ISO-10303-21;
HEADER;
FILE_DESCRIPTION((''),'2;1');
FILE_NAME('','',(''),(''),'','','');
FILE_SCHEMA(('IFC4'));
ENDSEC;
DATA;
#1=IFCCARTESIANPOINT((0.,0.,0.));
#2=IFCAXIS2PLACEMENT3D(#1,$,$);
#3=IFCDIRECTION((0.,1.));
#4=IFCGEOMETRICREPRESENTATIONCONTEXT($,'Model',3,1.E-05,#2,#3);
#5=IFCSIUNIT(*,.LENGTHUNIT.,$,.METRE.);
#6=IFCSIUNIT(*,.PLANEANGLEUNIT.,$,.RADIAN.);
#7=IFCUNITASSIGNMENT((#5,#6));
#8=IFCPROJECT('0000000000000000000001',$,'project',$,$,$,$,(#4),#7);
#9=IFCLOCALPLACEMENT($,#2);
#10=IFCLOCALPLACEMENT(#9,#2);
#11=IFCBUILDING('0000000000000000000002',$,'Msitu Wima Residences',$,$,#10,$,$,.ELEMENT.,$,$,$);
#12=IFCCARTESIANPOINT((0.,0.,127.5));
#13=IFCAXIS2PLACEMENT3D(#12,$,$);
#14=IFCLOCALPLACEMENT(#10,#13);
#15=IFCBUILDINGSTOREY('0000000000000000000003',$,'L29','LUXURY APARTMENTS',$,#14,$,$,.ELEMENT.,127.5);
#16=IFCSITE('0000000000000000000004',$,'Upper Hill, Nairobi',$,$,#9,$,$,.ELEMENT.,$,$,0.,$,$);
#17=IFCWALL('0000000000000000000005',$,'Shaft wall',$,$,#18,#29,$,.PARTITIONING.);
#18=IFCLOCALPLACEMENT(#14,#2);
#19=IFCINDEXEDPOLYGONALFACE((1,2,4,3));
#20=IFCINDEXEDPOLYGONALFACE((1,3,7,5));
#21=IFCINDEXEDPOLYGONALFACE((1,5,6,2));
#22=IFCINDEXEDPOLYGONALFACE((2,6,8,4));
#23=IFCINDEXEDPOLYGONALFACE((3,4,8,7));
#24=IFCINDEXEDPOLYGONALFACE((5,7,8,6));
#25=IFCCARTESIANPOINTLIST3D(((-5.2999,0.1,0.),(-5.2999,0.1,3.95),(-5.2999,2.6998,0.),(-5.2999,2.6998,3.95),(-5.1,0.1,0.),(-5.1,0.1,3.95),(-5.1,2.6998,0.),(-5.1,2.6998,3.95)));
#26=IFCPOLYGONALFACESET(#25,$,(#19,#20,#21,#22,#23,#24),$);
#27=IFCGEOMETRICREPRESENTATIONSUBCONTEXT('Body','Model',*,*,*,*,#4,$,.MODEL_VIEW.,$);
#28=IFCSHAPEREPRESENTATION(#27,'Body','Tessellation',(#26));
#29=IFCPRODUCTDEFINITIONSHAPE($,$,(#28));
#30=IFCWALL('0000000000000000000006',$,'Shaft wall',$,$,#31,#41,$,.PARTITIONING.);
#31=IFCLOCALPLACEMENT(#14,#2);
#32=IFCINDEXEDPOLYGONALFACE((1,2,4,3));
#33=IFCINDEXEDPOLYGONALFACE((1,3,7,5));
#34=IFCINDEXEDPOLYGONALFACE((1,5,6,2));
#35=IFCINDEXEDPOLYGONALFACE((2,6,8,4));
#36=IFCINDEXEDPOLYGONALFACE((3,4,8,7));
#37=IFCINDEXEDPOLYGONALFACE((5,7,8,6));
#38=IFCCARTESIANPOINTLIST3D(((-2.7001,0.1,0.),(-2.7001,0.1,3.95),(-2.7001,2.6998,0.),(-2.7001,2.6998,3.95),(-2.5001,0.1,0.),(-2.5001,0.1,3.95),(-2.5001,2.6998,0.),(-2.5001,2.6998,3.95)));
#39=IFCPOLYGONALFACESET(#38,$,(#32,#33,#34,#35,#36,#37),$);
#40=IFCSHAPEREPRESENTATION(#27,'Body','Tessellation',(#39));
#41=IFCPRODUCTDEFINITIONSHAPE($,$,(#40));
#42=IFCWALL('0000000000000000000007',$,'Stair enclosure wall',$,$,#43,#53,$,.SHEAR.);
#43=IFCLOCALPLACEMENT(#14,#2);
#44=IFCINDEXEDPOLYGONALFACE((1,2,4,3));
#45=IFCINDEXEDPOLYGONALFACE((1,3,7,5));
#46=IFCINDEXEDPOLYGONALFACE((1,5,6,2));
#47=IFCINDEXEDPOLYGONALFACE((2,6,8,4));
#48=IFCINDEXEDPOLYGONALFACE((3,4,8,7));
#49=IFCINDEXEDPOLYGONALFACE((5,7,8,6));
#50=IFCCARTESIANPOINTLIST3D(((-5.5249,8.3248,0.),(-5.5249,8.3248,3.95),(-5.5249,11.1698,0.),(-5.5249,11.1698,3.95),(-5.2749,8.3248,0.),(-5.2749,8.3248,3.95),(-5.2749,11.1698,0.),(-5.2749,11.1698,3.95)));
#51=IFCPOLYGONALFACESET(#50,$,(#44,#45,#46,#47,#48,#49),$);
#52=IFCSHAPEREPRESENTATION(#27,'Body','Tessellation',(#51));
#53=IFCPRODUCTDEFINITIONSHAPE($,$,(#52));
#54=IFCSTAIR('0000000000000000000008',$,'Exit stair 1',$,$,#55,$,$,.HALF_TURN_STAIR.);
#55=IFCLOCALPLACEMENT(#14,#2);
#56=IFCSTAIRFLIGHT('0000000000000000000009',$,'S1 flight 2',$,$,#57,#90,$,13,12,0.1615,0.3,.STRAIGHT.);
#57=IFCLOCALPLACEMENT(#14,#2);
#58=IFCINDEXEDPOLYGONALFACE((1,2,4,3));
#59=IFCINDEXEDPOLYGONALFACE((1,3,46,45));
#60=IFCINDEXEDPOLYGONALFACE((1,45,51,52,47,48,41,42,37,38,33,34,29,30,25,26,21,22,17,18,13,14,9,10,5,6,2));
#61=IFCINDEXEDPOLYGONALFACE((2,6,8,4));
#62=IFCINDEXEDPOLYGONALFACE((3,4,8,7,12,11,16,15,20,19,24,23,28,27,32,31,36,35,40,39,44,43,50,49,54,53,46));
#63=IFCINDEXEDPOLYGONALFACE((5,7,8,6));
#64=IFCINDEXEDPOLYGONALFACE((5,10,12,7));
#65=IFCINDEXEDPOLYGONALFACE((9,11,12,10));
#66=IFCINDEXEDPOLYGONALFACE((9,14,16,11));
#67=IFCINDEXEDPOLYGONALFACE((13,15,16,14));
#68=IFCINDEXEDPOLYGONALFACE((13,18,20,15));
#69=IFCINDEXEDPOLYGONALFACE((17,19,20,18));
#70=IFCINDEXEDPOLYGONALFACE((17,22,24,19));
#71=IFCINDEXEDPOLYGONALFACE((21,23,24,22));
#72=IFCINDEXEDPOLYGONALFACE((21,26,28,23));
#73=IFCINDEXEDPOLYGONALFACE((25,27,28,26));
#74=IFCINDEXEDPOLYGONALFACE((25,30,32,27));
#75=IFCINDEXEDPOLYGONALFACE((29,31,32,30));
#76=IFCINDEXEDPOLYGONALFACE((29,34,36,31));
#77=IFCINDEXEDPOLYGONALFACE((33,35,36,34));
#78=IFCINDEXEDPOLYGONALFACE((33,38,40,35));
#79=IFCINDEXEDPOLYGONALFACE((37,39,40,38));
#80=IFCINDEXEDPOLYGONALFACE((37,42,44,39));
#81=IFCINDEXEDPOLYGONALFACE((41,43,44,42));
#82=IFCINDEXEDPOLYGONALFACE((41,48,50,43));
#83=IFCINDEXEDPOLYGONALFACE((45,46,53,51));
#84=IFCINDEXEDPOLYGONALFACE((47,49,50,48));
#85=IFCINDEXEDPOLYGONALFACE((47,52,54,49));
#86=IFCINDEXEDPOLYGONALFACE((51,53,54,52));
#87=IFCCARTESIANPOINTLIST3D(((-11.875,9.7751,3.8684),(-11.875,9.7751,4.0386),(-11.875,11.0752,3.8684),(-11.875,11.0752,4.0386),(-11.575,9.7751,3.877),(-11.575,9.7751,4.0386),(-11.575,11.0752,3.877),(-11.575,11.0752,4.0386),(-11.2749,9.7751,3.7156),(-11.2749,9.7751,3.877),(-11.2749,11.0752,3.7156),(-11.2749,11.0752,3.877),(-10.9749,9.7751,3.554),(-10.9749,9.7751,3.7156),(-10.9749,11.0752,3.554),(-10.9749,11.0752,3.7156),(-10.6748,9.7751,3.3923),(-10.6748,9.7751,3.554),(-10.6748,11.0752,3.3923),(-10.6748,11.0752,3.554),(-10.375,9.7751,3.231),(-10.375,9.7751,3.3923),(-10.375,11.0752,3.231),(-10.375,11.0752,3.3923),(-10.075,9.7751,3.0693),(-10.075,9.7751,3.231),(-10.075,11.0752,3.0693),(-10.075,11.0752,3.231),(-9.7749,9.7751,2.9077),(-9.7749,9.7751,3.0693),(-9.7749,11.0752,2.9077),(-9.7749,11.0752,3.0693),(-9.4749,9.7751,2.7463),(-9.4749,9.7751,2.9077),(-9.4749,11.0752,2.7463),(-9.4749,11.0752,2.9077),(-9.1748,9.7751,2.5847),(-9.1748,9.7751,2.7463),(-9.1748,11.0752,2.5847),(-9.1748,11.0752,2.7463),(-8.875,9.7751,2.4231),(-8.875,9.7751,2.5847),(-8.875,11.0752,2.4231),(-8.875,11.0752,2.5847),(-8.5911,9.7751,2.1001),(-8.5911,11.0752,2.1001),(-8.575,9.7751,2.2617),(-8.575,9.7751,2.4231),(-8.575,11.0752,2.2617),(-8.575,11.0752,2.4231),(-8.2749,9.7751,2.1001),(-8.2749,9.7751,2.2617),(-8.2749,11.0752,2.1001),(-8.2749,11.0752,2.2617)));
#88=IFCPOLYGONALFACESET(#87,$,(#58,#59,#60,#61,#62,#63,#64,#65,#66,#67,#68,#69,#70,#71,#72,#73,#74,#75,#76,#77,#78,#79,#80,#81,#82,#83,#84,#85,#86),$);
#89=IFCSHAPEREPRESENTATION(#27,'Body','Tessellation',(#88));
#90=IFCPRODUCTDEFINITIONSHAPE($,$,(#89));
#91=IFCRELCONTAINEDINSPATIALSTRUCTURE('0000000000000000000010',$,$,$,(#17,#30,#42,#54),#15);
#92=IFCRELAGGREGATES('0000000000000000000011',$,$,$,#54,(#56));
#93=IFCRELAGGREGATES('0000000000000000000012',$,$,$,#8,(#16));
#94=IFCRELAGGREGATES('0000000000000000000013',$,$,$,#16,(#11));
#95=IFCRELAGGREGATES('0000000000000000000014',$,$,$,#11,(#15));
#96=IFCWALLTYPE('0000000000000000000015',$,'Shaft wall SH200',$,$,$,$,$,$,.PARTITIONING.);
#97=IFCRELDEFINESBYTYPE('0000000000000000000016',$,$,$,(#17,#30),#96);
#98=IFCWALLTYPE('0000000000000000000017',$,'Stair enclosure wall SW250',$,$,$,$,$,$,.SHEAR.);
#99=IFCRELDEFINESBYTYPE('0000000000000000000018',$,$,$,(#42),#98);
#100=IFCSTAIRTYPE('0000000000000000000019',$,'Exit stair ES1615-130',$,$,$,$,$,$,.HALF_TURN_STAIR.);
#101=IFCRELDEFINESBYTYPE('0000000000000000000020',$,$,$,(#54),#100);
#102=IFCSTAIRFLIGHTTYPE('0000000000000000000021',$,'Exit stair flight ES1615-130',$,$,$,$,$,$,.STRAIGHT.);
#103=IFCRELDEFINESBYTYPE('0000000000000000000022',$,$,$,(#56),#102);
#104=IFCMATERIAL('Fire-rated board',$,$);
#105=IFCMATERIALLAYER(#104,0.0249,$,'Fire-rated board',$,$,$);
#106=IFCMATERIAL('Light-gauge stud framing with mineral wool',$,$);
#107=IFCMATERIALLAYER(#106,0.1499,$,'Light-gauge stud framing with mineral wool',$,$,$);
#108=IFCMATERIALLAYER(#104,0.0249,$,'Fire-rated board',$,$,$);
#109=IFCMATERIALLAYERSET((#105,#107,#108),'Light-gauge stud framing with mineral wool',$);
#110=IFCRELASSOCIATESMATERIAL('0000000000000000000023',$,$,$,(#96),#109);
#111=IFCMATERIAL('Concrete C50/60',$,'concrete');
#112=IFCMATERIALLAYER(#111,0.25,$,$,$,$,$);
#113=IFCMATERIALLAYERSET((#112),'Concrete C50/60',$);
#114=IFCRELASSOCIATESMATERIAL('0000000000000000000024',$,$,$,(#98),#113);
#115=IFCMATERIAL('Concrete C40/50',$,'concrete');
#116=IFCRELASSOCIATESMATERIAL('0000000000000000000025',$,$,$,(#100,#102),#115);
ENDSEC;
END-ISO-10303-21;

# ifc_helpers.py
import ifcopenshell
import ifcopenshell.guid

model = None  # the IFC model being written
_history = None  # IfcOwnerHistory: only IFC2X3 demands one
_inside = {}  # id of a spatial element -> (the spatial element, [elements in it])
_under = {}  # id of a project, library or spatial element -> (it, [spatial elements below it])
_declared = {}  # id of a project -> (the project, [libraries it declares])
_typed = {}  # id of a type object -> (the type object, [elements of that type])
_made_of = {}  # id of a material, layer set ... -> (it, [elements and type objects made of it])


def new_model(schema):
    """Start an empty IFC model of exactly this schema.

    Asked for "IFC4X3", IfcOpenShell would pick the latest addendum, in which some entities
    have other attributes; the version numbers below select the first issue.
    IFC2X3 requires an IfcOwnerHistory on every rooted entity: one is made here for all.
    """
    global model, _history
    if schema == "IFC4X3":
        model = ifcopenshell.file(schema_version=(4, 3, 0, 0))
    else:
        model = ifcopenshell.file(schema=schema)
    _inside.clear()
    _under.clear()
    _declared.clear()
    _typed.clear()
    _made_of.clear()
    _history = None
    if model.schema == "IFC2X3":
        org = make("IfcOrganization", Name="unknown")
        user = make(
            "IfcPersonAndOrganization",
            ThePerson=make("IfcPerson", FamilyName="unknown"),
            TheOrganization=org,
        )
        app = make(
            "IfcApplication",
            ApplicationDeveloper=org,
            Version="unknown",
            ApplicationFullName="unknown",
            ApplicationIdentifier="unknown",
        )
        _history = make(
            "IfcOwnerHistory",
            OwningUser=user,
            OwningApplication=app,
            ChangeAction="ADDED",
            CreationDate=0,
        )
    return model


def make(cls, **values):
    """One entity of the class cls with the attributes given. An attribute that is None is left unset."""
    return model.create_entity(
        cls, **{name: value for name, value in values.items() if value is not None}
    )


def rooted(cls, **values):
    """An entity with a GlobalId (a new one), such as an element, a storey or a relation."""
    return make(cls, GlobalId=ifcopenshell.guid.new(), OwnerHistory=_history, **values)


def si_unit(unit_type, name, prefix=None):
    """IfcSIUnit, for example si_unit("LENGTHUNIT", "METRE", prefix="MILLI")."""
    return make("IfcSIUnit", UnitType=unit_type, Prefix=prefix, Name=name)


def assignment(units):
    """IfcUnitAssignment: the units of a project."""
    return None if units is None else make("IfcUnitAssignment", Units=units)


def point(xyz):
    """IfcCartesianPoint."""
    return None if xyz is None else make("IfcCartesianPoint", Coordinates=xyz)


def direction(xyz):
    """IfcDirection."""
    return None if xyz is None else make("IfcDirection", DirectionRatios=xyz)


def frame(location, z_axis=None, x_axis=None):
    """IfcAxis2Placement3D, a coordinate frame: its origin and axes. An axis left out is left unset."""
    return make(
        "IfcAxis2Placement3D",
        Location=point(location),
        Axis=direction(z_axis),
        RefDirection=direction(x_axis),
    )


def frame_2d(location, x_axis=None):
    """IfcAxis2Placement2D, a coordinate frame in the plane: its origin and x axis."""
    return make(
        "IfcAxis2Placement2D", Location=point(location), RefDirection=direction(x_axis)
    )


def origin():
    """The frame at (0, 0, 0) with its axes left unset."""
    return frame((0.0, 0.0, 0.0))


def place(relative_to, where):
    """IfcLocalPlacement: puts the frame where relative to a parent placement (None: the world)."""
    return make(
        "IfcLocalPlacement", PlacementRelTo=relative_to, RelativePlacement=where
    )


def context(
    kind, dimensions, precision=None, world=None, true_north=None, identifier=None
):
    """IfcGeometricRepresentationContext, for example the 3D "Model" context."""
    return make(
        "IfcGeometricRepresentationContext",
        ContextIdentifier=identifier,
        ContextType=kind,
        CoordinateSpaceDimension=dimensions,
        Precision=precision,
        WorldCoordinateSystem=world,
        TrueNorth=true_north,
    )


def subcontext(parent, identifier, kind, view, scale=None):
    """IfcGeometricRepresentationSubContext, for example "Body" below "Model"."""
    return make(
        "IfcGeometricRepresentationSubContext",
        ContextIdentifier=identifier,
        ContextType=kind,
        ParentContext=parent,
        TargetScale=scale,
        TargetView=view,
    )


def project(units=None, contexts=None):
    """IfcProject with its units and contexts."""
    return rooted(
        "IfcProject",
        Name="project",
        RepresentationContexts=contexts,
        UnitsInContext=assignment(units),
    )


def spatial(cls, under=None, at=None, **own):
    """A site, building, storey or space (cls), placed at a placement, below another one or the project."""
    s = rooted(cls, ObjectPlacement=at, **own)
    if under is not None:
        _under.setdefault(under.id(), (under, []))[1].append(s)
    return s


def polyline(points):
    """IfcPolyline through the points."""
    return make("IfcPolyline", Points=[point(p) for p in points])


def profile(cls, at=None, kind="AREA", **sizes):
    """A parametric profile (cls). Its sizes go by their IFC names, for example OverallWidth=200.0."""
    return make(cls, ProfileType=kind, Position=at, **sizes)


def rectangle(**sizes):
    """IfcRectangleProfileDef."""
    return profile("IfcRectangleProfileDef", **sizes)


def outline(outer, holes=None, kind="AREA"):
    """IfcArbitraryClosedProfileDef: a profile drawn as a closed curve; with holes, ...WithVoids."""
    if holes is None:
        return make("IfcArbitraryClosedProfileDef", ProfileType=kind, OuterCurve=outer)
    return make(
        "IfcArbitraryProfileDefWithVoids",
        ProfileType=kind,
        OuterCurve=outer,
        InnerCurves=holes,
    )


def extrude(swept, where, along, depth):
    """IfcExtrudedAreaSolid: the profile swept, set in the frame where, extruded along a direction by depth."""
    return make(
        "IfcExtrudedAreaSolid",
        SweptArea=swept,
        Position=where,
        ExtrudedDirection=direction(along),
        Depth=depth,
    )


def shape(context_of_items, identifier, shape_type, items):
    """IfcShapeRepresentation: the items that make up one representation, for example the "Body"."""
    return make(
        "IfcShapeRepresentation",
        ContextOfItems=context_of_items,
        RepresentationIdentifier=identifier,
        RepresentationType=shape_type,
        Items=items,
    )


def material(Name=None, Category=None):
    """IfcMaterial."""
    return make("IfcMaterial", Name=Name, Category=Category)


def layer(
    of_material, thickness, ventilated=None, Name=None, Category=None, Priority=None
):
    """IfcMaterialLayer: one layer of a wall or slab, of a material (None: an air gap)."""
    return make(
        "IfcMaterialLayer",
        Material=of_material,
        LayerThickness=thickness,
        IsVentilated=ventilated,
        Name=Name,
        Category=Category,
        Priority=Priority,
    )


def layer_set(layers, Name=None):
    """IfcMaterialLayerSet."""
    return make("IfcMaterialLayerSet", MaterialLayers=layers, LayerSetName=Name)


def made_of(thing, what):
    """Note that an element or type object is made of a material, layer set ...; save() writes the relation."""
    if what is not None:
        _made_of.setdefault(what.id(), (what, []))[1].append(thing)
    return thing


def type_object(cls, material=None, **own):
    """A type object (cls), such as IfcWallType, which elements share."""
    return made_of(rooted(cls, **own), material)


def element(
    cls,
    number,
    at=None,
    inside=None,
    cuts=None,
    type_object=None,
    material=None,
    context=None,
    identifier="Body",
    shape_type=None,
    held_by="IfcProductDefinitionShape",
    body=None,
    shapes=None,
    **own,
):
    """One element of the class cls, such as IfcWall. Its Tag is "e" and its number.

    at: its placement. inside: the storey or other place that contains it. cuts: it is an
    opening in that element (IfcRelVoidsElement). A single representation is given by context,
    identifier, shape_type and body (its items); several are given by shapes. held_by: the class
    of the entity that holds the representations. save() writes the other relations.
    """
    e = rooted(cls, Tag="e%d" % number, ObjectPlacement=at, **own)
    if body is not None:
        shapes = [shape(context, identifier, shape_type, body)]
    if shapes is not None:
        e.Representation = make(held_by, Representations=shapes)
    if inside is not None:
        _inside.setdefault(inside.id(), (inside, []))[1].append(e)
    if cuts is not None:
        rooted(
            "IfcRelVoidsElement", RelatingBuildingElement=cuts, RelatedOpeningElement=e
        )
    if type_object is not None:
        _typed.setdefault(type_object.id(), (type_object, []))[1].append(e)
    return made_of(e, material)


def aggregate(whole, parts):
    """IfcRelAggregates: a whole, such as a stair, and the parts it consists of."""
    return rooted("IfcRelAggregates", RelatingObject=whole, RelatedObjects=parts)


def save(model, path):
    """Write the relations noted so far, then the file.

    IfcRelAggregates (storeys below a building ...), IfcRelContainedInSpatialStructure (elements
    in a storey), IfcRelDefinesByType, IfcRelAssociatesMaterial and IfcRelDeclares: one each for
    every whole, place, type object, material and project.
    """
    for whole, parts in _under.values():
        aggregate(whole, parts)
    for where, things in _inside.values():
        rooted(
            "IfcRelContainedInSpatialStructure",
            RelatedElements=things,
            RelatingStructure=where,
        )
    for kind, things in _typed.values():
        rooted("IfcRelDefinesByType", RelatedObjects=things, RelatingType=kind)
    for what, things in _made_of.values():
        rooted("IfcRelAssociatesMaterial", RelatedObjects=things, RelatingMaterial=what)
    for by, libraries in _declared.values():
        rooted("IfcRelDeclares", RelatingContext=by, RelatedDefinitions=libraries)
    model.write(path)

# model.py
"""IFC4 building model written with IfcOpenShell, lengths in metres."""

from ifc_helpers import new_model, si_unit, direction, frame, frame_2d, origin, place, context, subcontext, project, spatial, polyline, rectangle, outline, extrude, material, layer, layer_set, type_object, element, aggregate, save


model = new_model("IFC4")

# Units and contexts
model_context = context("Model", 3, precision=1e-05, world=origin(), true_north=direction((0.0, 1.0)))
body_context = subcontext(model_context, "Body", "Model", "MODEL_VIEW")
ifc_project = project(units=[si_unit("LENGTHUNIT", "METRE"), si_unit("PLANEANGLEUNIT", "RADIAN")], contexts=[model_context])

# Site, building, storey
site_placement = place(None, origin())
site = spatial("IfcSite", under=ifc_project, at=site_placement, Name="Upper Hill, Nairobi", CompositionType="ELEMENT", RefElevation=0.0)
building_placement = place(site_placement, origin())
building = spatial("IfcBuilding", under=site, at=building_placement, Name="Msitu Wima Residences", CompositionType="ELEMENT")
storey_placement = place(building_placement, frame((0.0, 0.0, 127.5)))
storey = spatial("IfcBuildingStorey", under=building, at=storey_placement, Name="L29", Description="LUXURY APARTMENTS", CompositionType="ELEMENT", Elevation=127.5)

# Shared definitions
ifc_material_1 = material(Name="Concrete C40/50", Category="concrete")

# Walls
ifc_material_2 = material(Name="Fire-rated board")
ifc_layer_1 = layer(ifc_material_2, 0.0249, Name="Fire-rated board")
ifc_material_3 = material(Name="Light-gauge stud framing with mineral wool")
ifc_layer_2 = layer(ifc_material_3, 0.1499, Name="Light-gauge stud framing with mineral wool")
ifc_layer_3 = layer(ifc_material_2, 0.0249, Name="Fire-rated board")
ifc_layer_set_1 = layer_set([ifc_layer_1, ifc_layer_2, ifc_layer_3], Name="Light-gauge stud framing with mineral wool")
wall_type_1 = type_object("IfcWallType", Name="Shaft wall SH200", PredefinedType="PARTITIONING", material=ifc_layer_set_1)
for number, where, z_axis, x_axis, name in (
    (1, (-5.2, 0.1001, 0.0), (0.0, 0.0, 1.0), (0.0, 1.0, 0.0), "Shaft wall"),
    (2, (-2.6001, 0.1001, 0.0), (0.0, 0.0, 1.0), (0.0, 1.0, 0.0), "Shaft wall"),
):
    element("IfcWall", number, at=place(storey_placement, frame(where, z_axis=z_axis, x_axis=x_axis)), inside=storey, type_object=wall_type_1, Name=name, PredefinedType="PARTITIONING", context=body_context, shape_type="SweptSolid", body=[
        extrude(rectangle(XDim=2.5999, YDim=0.2, at=frame_2d((1.2998, 0.0))), origin(), (0.0, 0.0, 1.0), 3.95),
    ])
ifc_material_4 = material(Name="Concrete C50/60", Category="concrete")
ifc_layer_4 = layer(ifc_material_4, 0.25)
ifc_layer_set_2 = layer_set([ifc_layer_4], Name="Concrete C50/60")
wall_type_2 = type_object("IfcWallType", Name="Stair enclosure wall SW250", PredefinedType="SHEAR", material=ifc_layer_set_2)
wall_1_placement = place(storey_placement, frame((-5.3999, 8.325, 0.0), z_axis=(0.0, 0.0, 1.0), x_axis=(0.0, 1.0, 0.0)))
element("IfcWall", 3, at=wall_1_placement, inside=storey, type_object=wall_type_2, Name="Stair enclosure wall", PredefinedType="SHEAR", context=body_context, shape_type="SweptSolid", body=[
    extrude(rectangle(XDim=2.845, YDim=0.25, at=frame_2d((1.4224, 0.0))), origin(), (0.0, 0.0, 1.0), 3.95),
])

# Stair, stair flight
stair_type = type_object("IfcStairType", Name="Exit stair ES1615-130", PredefinedType="HALF_TURN_STAIR", material=ifc_material_1)
stair_placement = place(storey_placement, origin())
stair = element("IfcStair", 4, at=stair_placement, inside=storey, type_object=stair_type, Name="Exit stair 1", PredefinedType="HALF_TURN_STAIR")
stair_flight_type = type_object("IfcStairFlightType", Name="Exit stair flight ES1615-130", PredefinedType="STRAIGHT", material=ifc_material_1)
stair_flight_placement = place(storey_placement, frame((-8.2749, 10.425, 2.1001), z_axis=(0.0, 0.0, 1.0), x_axis=(-1.0, 0.0, 0.0)))
stair_flight = element("IfcStairFlight", 5, at=stair_flight_placement, type_object=stair_flight_type, Name="S1 flight 2", NumberOfRisers=13, NumberOfTreads=12, PredefinedType="STRAIGHT", RiserHeight=0.1615, TreadLength=0.3, context=body_context, shape_type="SweptSolid", body=[
    extrude(outline(polyline([(0.0, 0.0), (0.0, 0.1616), (0.3, 0.1616), (0.3, 0.323), (0.6001, 0.323), (0.6001, 0.4846), (0.8999, 0.4846), (0.8999, 0.6462), (1.2, 0.6462), (1.2, 0.8076), (1.5, 0.8076), (1.5, 0.9692), (1.8, 0.9692), (1.8, 1.1309), (2.1001, 1.1309), (2.1001, 1.2922), (2.3999, 1.2922), (2.3999, 1.4539), (2.7, 1.4539), (2.7, 1.6155), (3.0, 1.6155), (3.0, 1.7769), (3.3, 1.7769), (3.3, 1.9385), (3.6001, 1.9385), (3.6001, 2.1001), (3.6001, 1.7683), (0.3162, 0.0), (0.0, 0.0)])), frame((0.0, 0.6499, 0.0), z_axis=(0.0, -1.0, 0.0), x_axis=(1.0, 0.0, 0.0)), (0.0, 0.0, 1.0), 1.3),
])
aggregate(stair, [stair_flight])

save(model, "model.ifc")
